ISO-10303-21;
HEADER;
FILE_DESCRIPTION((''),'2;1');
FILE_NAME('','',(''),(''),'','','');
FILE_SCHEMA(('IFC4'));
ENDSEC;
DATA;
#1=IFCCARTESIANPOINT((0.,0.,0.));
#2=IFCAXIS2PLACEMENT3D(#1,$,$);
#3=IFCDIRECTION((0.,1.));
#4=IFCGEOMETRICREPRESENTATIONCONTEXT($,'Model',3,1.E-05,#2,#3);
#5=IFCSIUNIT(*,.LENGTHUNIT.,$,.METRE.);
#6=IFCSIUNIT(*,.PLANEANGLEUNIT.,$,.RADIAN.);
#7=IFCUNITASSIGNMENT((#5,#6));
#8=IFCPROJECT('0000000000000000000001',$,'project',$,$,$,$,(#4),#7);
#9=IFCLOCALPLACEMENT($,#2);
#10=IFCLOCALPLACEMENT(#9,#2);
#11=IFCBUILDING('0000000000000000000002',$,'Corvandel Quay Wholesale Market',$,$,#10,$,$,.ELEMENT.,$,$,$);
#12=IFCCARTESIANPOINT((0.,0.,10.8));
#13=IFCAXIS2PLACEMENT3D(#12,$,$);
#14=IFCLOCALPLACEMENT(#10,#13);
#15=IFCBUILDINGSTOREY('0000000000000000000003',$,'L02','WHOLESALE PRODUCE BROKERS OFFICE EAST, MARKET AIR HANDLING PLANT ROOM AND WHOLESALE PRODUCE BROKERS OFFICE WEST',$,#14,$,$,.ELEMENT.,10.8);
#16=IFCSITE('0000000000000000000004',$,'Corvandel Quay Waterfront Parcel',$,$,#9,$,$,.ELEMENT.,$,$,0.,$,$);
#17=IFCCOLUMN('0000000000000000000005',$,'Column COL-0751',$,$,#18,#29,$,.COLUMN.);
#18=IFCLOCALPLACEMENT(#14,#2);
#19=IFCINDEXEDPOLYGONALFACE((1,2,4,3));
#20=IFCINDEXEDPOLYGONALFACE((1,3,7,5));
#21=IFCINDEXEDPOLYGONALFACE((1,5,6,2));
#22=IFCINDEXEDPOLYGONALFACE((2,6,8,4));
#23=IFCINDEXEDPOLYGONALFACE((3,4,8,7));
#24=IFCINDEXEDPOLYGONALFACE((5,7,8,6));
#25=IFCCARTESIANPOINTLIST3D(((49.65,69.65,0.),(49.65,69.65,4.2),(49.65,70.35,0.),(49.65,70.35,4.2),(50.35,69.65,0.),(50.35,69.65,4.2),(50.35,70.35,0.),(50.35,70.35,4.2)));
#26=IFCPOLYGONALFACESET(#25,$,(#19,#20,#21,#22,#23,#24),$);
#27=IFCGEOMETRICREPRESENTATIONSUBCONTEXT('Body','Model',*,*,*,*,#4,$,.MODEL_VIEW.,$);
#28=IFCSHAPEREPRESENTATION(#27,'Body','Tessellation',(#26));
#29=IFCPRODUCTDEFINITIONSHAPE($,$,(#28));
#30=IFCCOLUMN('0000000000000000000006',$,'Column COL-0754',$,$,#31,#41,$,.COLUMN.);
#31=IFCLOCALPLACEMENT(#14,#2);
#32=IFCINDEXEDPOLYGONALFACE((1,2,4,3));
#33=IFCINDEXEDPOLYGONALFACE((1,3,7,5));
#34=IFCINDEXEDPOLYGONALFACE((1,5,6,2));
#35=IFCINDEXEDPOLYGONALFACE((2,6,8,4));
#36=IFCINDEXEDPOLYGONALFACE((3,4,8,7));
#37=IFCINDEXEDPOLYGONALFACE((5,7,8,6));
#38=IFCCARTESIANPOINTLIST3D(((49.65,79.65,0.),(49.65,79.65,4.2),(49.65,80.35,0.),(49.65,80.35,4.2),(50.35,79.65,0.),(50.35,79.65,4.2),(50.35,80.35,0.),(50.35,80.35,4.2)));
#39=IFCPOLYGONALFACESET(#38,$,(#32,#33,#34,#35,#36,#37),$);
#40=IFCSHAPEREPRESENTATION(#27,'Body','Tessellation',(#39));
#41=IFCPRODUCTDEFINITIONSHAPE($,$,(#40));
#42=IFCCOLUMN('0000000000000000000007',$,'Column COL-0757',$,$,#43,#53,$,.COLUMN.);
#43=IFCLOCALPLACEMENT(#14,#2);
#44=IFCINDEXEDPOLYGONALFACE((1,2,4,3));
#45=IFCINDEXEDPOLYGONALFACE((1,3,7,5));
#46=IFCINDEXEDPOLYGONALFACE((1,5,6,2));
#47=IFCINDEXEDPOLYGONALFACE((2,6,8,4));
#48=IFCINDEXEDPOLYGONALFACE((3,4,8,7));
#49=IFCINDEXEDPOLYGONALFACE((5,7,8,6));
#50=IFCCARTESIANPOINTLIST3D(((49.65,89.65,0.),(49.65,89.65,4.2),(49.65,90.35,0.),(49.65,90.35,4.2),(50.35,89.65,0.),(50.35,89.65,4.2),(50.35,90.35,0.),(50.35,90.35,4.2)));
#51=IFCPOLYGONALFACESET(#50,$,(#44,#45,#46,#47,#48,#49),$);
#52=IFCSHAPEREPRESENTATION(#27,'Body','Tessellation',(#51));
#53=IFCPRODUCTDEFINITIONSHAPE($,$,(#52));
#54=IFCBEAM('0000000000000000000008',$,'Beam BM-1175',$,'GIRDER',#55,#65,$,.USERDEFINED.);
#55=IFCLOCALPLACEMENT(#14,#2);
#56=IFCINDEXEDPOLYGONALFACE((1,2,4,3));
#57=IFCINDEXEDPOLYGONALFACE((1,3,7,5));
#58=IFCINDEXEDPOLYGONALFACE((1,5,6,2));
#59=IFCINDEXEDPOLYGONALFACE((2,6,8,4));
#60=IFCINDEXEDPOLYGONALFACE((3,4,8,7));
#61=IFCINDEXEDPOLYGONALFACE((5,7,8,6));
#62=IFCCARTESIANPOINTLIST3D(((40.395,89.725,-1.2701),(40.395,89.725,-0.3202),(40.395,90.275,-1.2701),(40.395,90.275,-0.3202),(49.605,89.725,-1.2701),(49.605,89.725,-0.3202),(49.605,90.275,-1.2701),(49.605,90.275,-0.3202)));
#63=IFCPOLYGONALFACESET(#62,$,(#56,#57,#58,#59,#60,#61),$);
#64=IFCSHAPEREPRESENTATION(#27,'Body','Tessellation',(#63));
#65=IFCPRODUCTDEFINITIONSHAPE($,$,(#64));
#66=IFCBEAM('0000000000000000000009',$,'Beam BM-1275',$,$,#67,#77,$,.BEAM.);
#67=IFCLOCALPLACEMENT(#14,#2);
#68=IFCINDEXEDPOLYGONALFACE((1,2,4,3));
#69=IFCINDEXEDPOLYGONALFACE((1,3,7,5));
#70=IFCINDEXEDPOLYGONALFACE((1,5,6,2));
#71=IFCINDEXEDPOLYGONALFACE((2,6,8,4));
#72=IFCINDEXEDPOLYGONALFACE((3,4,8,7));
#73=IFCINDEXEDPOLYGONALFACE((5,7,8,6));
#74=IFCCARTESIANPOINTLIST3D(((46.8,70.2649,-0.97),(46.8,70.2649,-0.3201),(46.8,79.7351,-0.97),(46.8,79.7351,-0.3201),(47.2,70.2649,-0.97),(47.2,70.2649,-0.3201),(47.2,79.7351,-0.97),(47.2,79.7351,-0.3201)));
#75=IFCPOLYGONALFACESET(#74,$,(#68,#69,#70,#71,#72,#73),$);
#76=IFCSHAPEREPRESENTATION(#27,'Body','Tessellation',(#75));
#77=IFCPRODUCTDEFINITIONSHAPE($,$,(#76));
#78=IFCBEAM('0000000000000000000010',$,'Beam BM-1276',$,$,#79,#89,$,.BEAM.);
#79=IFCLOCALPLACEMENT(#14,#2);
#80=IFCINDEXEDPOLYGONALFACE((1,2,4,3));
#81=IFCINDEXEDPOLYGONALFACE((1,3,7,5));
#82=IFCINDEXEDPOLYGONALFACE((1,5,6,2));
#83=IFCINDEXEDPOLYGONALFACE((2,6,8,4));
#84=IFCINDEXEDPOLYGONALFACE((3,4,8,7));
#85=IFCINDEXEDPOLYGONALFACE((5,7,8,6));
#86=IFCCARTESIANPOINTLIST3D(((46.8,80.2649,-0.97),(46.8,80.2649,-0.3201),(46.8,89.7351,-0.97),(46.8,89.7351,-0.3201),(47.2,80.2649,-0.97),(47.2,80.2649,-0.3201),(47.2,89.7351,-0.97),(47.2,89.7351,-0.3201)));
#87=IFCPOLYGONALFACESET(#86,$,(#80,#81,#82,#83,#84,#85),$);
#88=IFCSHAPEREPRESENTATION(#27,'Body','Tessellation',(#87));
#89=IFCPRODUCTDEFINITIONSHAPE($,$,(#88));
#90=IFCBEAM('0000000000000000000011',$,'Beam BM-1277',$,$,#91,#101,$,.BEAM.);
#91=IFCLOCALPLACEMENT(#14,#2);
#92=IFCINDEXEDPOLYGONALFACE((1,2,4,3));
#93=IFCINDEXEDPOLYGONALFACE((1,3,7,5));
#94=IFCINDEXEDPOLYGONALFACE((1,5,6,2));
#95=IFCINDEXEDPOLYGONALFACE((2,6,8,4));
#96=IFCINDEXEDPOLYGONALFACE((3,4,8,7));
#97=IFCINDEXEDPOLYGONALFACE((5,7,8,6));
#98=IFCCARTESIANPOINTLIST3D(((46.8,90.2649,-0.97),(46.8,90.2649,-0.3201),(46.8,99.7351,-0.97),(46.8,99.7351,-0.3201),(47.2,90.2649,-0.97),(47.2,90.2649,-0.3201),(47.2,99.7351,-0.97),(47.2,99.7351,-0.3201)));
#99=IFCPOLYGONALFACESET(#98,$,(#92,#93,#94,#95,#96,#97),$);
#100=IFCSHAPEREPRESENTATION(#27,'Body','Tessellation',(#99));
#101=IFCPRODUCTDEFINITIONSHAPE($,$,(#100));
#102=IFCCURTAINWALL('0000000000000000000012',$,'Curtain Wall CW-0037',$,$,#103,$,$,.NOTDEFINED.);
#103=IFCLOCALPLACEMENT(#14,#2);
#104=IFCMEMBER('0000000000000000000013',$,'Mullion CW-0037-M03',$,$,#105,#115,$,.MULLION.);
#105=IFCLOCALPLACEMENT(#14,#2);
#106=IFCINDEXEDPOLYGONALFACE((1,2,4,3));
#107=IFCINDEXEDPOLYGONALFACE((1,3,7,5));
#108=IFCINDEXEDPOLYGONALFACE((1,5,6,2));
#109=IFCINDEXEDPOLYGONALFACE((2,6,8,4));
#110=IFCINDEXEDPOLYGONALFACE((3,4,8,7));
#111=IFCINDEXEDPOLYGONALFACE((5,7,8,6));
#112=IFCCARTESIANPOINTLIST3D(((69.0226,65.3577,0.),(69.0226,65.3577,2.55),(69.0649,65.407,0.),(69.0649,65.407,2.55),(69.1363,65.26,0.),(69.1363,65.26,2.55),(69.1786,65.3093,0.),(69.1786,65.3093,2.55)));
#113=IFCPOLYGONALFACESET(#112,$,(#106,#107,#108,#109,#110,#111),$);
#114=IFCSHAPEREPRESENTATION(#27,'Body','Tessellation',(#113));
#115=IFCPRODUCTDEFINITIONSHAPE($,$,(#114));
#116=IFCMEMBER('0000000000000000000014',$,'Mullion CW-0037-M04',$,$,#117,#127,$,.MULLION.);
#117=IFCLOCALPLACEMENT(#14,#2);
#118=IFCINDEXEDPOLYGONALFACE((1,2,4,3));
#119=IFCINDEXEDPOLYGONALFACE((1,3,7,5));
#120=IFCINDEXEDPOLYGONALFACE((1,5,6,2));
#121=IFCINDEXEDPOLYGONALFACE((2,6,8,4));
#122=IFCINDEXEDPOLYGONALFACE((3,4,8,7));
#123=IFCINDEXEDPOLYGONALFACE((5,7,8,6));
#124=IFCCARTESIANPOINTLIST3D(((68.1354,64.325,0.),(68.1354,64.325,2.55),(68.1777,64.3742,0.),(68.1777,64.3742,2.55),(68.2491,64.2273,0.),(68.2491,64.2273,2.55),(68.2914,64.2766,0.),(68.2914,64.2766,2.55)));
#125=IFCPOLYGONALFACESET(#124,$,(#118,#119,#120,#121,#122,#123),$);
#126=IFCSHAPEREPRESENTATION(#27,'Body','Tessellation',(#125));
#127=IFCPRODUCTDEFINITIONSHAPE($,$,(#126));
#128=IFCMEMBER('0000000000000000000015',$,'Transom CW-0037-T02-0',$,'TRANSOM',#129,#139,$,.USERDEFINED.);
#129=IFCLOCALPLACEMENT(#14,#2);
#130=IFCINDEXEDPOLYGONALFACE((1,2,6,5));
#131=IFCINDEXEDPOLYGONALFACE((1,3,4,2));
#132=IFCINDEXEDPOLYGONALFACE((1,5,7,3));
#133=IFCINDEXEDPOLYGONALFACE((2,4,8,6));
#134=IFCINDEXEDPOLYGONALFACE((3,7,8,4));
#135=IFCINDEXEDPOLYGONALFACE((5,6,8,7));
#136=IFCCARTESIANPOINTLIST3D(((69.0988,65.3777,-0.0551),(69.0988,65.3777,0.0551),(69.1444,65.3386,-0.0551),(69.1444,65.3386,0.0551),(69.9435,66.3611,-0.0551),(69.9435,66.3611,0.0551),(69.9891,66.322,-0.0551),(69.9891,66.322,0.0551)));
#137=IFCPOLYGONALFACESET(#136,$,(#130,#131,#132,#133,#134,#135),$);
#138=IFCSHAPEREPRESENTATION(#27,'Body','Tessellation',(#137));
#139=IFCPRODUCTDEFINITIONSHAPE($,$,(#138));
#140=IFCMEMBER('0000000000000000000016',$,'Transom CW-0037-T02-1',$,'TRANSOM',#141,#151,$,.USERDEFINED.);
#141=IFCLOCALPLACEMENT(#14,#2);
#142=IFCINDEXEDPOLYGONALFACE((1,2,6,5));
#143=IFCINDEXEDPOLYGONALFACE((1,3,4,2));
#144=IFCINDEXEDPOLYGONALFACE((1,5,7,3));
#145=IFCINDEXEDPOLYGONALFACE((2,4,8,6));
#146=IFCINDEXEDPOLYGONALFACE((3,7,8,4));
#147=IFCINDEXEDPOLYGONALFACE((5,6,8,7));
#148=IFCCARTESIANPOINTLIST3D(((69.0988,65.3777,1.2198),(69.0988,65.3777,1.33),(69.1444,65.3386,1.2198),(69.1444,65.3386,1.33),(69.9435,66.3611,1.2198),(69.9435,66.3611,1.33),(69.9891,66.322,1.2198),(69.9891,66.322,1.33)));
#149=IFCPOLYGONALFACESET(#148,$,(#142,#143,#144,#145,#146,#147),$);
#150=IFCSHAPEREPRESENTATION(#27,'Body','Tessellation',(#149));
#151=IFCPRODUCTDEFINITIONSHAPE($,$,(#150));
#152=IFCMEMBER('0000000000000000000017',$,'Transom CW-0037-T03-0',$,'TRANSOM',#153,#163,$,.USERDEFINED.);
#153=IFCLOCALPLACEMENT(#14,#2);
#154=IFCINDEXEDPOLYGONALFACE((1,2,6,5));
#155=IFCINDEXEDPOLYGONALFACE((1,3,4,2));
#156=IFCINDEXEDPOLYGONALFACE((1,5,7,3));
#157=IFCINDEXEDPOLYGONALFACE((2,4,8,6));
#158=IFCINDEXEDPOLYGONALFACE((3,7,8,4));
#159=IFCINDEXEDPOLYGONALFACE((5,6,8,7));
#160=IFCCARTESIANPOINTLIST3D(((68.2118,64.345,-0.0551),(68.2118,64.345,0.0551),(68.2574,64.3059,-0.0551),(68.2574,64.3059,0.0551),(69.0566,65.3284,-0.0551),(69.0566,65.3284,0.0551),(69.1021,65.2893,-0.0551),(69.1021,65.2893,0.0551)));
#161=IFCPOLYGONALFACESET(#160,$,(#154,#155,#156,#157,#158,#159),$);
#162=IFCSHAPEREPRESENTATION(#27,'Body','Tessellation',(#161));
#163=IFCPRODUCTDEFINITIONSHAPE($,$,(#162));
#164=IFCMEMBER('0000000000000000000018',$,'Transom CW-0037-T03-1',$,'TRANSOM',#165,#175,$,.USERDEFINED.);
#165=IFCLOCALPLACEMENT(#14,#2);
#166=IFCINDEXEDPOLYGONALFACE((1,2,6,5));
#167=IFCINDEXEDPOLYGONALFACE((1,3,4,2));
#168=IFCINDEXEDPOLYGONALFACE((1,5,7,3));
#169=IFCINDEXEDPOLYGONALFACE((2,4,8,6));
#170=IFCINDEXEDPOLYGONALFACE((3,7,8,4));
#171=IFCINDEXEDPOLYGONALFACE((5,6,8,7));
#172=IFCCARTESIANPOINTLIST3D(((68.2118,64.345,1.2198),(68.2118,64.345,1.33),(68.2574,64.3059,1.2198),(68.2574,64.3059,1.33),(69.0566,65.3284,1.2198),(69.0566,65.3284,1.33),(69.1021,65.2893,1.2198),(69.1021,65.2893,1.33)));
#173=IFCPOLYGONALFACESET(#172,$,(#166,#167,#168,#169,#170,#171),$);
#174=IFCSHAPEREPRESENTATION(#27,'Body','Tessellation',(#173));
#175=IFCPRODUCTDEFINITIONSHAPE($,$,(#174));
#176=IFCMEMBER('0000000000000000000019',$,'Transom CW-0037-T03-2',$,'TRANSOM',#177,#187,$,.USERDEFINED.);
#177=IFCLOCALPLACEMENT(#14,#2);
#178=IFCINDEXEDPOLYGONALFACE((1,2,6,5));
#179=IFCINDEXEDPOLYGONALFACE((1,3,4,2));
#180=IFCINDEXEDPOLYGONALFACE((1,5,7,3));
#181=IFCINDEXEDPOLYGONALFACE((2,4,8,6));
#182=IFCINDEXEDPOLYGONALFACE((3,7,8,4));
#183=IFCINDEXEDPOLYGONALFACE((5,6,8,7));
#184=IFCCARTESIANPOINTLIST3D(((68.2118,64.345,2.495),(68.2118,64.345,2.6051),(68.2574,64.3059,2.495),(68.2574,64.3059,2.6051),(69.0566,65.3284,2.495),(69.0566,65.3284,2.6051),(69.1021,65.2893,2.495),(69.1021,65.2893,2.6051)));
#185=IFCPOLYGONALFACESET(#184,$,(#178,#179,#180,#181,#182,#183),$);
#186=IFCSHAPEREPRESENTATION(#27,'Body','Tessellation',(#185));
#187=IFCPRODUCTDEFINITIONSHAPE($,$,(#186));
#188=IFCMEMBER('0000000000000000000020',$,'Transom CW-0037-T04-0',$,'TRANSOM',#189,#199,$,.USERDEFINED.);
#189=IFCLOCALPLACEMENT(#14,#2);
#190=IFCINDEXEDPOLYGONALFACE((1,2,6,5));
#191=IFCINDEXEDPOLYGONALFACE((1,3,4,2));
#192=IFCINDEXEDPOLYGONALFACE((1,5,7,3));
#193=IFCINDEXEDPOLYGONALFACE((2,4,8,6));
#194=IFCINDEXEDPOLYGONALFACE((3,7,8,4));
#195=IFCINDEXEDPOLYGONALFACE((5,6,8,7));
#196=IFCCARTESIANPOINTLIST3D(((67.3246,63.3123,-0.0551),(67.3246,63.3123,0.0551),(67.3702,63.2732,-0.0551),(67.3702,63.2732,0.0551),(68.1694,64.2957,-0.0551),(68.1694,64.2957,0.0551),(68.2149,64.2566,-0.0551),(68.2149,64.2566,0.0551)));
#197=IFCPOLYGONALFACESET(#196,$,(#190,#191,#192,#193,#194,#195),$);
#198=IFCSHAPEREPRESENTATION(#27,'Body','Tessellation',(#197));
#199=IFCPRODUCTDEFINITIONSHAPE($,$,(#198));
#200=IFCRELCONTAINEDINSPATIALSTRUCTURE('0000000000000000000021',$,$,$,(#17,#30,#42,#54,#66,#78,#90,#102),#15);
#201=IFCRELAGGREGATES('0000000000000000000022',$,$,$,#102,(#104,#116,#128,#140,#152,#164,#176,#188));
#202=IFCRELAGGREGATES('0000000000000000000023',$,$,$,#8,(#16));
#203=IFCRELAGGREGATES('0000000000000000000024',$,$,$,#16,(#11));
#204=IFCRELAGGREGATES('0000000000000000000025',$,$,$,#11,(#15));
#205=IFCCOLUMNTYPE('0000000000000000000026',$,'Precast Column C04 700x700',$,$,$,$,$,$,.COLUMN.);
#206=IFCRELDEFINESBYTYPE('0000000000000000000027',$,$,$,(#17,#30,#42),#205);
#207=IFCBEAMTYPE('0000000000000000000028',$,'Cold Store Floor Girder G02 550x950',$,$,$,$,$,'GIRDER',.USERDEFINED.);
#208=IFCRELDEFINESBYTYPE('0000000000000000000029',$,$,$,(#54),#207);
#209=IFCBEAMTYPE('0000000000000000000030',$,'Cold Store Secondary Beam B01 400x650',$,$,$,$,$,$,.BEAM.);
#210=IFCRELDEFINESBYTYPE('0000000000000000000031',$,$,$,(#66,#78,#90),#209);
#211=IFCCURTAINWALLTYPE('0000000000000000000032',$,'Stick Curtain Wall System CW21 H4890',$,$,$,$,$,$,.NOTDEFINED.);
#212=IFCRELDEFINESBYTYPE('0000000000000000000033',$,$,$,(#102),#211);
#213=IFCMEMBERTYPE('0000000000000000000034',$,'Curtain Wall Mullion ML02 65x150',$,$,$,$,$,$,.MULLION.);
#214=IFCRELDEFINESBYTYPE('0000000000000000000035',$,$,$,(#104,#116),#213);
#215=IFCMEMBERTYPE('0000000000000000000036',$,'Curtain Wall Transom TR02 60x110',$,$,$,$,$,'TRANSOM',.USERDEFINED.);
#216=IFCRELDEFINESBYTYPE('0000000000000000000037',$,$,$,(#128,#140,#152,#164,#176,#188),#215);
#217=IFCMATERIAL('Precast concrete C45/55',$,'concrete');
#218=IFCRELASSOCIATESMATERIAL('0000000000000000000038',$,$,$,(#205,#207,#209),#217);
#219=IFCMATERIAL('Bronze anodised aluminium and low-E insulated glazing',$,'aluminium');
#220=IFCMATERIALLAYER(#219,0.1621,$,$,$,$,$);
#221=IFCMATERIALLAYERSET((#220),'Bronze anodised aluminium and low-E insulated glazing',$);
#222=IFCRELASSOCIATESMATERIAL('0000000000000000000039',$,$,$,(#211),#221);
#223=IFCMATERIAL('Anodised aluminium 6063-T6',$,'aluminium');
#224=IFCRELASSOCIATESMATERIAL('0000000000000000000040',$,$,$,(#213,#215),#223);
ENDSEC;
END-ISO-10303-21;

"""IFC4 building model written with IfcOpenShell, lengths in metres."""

from ifc_helpers import new_model, si_unit, direction, frame, origin, origin_2d, place, context, subcontext, project, spatial, rectangle, extrude, material, layer, layer_set, material_profile, profile_set, type_object, element, aggregate, save


model = new_model("IFC4")

# Units and contexts
model_context = context("Model", 3, precision=1e-05, world=origin(), true_north=direction((0.0, 1.0)))
body_context = subcontext(model_context, "Body", "Model", "MODEL_VIEW")
ifc_project = project(units=[si_unit("LENGTHUNIT", "METRE"), si_unit("PLANEANGLEUNIT", "RADIAN")], contexts=[model_context])

# Site, building, storey
site_placement = place(None, origin())
site = spatial("IfcSite", under=ifc_project, at=site_placement, Name="Corvandel Quay Waterfront Parcel", CompositionType="ELEMENT", RefElevation=0.0)
building_placement = place(site_placement, origin())
building = spatial("IfcBuilding", under=site, at=building_placement, Name="Corvandel Quay Wholesale Market", CompositionType="ELEMENT")
storey_placement = place(building_placement, frame((0.0, 0.0, 10.8)))
storey = spatial("IfcBuildingStorey", under=building, at=storey_placement, Name="L02", Description="WHOLESALE PRODUCE BROKERS OFFICE EAST, MARKET AIR HANDLING PLANT ROOM AND WHOLESALE PRODUCE BROKERS OFFICE WEST", CompositionType="ELEMENT", Elevation=10.8)

# Columns
ifc_material_1 = material(Name="Precast concrete C45/55", Category="concrete")
ifc_material_profile_1 = material_profile(ifc_material_1, rectangle(XDim=0.7, YDim=0.7, at=origin_2d()), Name="PC-COL-700x700")
ifc_profile_set_1 = profile_set([ifc_material_profile_1], Name="Precast concrete C45/55")
column_type = type_object("IfcColumnType", Name="Precast Column C04 700x700", PredefinedType="COLUMN", material=ifc_profile_set_1)
for number, where, z_axis, x_axis, name in (
    (1, (50.0, 70.0, 0.0), (0.0, 0.0, 1.0), (1.0, 0.0, 0.0), "Column COL-0751"),
    (2, (50.0, 80.0, 0.0), (0.0, 0.0, 1.0), (1.0, 0.0, 0.0), "Column COL-0754"),
    (3, (50.0, 90.0, 0.0), (0.0, 0.0, 1.0), (1.0, 0.0, 0.0), "Column COL-0757"),
):
    element("IfcColumn", number, at=place(storey_placement, frame(where, z_axis=z_axis, x_axis=x_axis)), inside=storey, type_object=column_type, Name=name, PredefinedType="COLUMN", context=body_context, shape_type="SweptSolid", body=[
        extrude(rectangle(XDim=0.7, YDim=0.7, at=origin_2d()), origin(), (0.0, 0.0, 1.0), 4.2),
    ])

# Beams
ifc_material_profile_2 = material_profile(ifc_material_1, rectangle(XDim=0.55, YDim=0.95, at=origin_2d()), Name="PC-GIR-550x950")
ifc_profile_set_2 = profile_set([ifc_material_profile_2], Name="Precast concrete C45/55")
beam_type_1 = type_object("IfcBeamType", Name="Cold Store Floor Girder G02 550x950", ElementType="GIRDER", PredefinedType="USERDEFINED", material=ifc_profile_set_2)
beam_placement = place(storey_placement, frame((40.395, 90.0, -0.7952), z_axis=(1.0, 0.0, 0.0), x_axis=(0.0, 1.0, 0.0)))
element("IfcBeam", 4, at=beam_placement, inside=storey, type_object=beam_type_1, Name="Beam BM-1175", ObjectType="GIRDER", PredefinedType="USERDEFINED", context=body_context, shape_type="SweptSolid", body=[
    extrude(rectangle(XDim=0.55, YDim=0.95, at=origin_2d()), origin(), (0.0, 0.0, 1.0), 9.21),
])
ifc_material_profile_3 = material_profile(ifc_material_1, rectangle(XDim=0.3999, YDim=0.6499, at=origin_2d()), Name="PC-BM-400x650")
ifc_profile_set_3 = profile_set([ifc_material_profile_3], Name="Precast concrete C45/55")
beam_type_2 = type_object("IfcBeamType", Name="Cold Store Secondary Beam B01 400x650", PredefinedType="BEAM", material=ifc_profile_set_3)
for number, where, z_axis, x_axis, name in (
    (5, (47.0, 70.2649, -0.645), (0.0, 1.0, 0.0), (-1.0, 0.0, 0.0), "Beam BM-1275"),
    (6, (47.0, 80.2649, -0.645), (0.0, 1.0, 0.0), (-1.0, 0.0, 0.0), "Beam BM-1276"),
    (7, (47.0, 90.2649, -0.645), (0.0, 1.0, 0.0), (-1.0, 0.0, 0.0), "Beam BM-1277"),
):
    element("IfcBeam", number, at=place(storey_placement, frame(where, z_axis=z_axis, x_axis=x_axis)), inside=storey, type_object=beam_type_2, Name=name, PredefinedType="BEAM", context=body_context, shape_type="SweptSolid", body=[
        extrude(rectangle(XDim=0.3999, YDim=0.6499, at=origin_2d()), origin(), (0.0, 0.0, 1.0), 9.4702),
    ])

# Curtain wall, members
ifc_material_2 = material(Name="Bronze anodised aluminium and low-E insulated glazing", Category="aluminium")
ifc_layer_1 = layer(ifc_material_2, 0.1621)
ifc_layer_set_1 = layer_set([ifc_layer_1], Name="Bronze anodised aluminium and low-E insulated glazing")
curtain_wall_type = type_object("IfcCurtainWallType", Name="Stick Curtain Wall System CW21 H4890", PredefinedType="NOTDEFINED", material=ifc_layer_set_1)
curtain_wall_placement = place(storey_placement, origin())
curtain_wall = element("IfcCurtainWall", 8, at=curtain_wall_placement, inside=storey, type_object=curtain_wall_type, Name="Curtain Wall CW-0037", PredefinedType="NOTDEFINED")
ifc_material_3 = material(Name="Anodised aluminium 6063-T6", Category="aluminium")
ifc_material_profile_4 = material_profile(ifc_material_3, rectangle(XDim=0.0649, YDim=0.1499, at=origin_2d()), Name="ALU-MUL-65x150")
ifc_profile_set_4 = profile_set([ifc_material_profile_4], Name="Anodised aluminium 6063-T6")
member_type_1 = type_object("IfcMemberType", Name="Curtain Wall Mullion ML02 65x150", PredefinedType="MULLION", material=ifc_profile_set_4)
member_1_placement = place(storey_placement, frame((69.1006, 65.3335, 0.0), z_axis=(0.0, 0.0, 1.0), x_axis=(0.651569, 0.758589, 0.0)))
member_1 = element("IfcMember", 9, at=member_1_placement, type_object=member_type_1, Name="Mullion CW-0037-M03", PredefinedType="MULLION", context=body_context, shape_type="SweptSolid", body=[
    extrude(rectangle(XDim=0.0649, YDim=0.1499, at=origin_2d()), origin(), (0.0, 0.0, 1.0), 2.55),
])
member_2_placement = place(storey_placement, frame((68.2134, 64.3008, 0.0), z_axis=(0.0, 0.0, 1.0), x_axis=(0.651569, 0.758589, 0.0)))
member_2 = element("IfcMember", 10, at=member_2_placement, type_object=member_type_1, Name="Mullion CW-0037-M04", PredefinedType="MULLION", context=body_context, shape_type="SweptSolid", body=[
    extrude(rectangle(XDim=0.0649, YDim=0.1499, at=origin_2d()), origin(), (0.0, 0.0, 1.0), 2.55),
])
ifc_material_profile_5 = material_profile(ifc_material_3, rectangle(XDim=0.0601, YDim=0.1101, at=origin_2d()), Name="ALU-TRN-60x110")
ifc_profile_set_5 = profile_set([ifc_material_profile_5], Name="Anodised aluminium 6063-T6")
member_type_2 = type_object("IfcMemberType", Name="Curtain Wall Transom TR02 60x110", ElementType="TRANSOM", PredefinedType="USERDEFINED", material=ifc_profile_set_5)
member_3_placement = place(storey_placement, frame((69.9663, 66.3416, 0.0), z_axis=(-0.651597, -0.758565, 0.0), x_axis=(0.758565, -0.651597, 0.0)))
member_3 = element("IfcMember", 11, at=member_3_placement, type_object=member_type_2, Name="Transom CW-0037-T02-0", ObjectType="TRANSOM", PredefinedType="USERDEFINED", context=body_context, shape_type="SweptSolid", body=[
    extrude(rectangle(XDim=0.0601, YDim=0.1101, at=origin_2d()), origin(), (0.0, 0.0, 1.0), 1.2964),
])
member_4_placement = place(storey_placement, frame((69.9663, 66.3416, 1.2749), z_axis=(-0.651597, -0.758565, 0.0), x_axis=(0.758565, -0.651597, 0.0)))
member_4 = element("IfcMember", 12, at=member_4_placement, type_object=member_type_2, Name="Transom CW-0037-T02-1", ObjectType="TRANSOM", PredefinedType="USERDEFINED", context=body_context, shape_type="SweptSolid", body=[
    extrude(rectangle(XDim=0.0601, YDim=0.1101, at=origin_2d()), origin(), (0.0, 0.0, 1.0), 1.2964),
])
member_5_placement = place(storey_placement, frame((69.0793, 65.3088, 0.0), z_axis=(-0.651597, -0.758565, 0.0), x_axis=(0.758565, -0.651597, 0.0)))
member_5 = element("IfcMember", 13, at=member_5_placement, type_object=member_type_2, Name="Transom CW-0037-T03-0", ObjectType="TRANSOM", PredefinedType="USERDEFINED", context=body_context, shape_type="SweptSolid", body=[
    extrude(rectangle(XDim=0.0601, YDim=0.1101, at=origin_2d()), origin(), (0.0, 0.0, 1.0), 1.2964),
])
member_6_placement = place(storey_placement, frame((69.0793, 65.3088, 1.2749), z_axis=(-0.651597, -0.758565, 0.0), x_axis=(0.758565, -0.651597, 0.0)))
member_6 = element("IfcMember", 14, at=member_6_placement, type_object=member_type_2, Name="Transom CW-0037-T03-1", ObjectType="TRANSOM", PredefinedType="USERDEFINED", context=body_context, shape_type="SweptSolid", body=[
    extrude(rectangle(XDim=0.0601, YDim=0.1101, at=origin_2d()), origin(), (0.0, 0.0, 1.0), 1.2964),
])
member_7_placement = place(storey_placement, frame((69.0793, 65.3088, 2.55), z_axis=(-0.651597, -0.758565, 0.0), x_axis=(0.758565, -0.651597, 0.0)))
member_7 = element("IfcMember", 15, at=member_7_placement, type_object=member_type_2, Name="Transom CW-0037-T03-2", ObjectType="TRANSOM", PredefinedType="USERDEFINED", context=body_context, shape_type="SweptSolid", body=[
    extrude(rectangle(XDim=0.0601, YDim=0.1101, at=origin_2d()), origin(), (0.0, 0.0, 1.0), 1.2964),
])
member_8_placement = place(storey_placement, frame((68.1921, 64.2761, 0.0), z_axis=(-0.651597, -0.758565, 0.0), x_axis=(0.758565, -0.651597, 0.0)))
member_8 = element("IfcMember", 16, at=member_8_placement, type_object=member_type_2, Name="Transom CW-0037-T04-0", ObjectType="TRANSOM", PredefinedType="USERDEFINED", context=body_context, shape_type="SweptSolid", body=[
    extrude(rectangle(XDim=0.0601, YDim=0.1101, at=origin_2d()), origin(), (0.0, 0.0, 1.0), 1.2964),
])

aggregate(curtain_wall, [member_1, member_2, member_3, member_4, member_5, member_6, member_7, member_8])

save(model, "model.ifc")
